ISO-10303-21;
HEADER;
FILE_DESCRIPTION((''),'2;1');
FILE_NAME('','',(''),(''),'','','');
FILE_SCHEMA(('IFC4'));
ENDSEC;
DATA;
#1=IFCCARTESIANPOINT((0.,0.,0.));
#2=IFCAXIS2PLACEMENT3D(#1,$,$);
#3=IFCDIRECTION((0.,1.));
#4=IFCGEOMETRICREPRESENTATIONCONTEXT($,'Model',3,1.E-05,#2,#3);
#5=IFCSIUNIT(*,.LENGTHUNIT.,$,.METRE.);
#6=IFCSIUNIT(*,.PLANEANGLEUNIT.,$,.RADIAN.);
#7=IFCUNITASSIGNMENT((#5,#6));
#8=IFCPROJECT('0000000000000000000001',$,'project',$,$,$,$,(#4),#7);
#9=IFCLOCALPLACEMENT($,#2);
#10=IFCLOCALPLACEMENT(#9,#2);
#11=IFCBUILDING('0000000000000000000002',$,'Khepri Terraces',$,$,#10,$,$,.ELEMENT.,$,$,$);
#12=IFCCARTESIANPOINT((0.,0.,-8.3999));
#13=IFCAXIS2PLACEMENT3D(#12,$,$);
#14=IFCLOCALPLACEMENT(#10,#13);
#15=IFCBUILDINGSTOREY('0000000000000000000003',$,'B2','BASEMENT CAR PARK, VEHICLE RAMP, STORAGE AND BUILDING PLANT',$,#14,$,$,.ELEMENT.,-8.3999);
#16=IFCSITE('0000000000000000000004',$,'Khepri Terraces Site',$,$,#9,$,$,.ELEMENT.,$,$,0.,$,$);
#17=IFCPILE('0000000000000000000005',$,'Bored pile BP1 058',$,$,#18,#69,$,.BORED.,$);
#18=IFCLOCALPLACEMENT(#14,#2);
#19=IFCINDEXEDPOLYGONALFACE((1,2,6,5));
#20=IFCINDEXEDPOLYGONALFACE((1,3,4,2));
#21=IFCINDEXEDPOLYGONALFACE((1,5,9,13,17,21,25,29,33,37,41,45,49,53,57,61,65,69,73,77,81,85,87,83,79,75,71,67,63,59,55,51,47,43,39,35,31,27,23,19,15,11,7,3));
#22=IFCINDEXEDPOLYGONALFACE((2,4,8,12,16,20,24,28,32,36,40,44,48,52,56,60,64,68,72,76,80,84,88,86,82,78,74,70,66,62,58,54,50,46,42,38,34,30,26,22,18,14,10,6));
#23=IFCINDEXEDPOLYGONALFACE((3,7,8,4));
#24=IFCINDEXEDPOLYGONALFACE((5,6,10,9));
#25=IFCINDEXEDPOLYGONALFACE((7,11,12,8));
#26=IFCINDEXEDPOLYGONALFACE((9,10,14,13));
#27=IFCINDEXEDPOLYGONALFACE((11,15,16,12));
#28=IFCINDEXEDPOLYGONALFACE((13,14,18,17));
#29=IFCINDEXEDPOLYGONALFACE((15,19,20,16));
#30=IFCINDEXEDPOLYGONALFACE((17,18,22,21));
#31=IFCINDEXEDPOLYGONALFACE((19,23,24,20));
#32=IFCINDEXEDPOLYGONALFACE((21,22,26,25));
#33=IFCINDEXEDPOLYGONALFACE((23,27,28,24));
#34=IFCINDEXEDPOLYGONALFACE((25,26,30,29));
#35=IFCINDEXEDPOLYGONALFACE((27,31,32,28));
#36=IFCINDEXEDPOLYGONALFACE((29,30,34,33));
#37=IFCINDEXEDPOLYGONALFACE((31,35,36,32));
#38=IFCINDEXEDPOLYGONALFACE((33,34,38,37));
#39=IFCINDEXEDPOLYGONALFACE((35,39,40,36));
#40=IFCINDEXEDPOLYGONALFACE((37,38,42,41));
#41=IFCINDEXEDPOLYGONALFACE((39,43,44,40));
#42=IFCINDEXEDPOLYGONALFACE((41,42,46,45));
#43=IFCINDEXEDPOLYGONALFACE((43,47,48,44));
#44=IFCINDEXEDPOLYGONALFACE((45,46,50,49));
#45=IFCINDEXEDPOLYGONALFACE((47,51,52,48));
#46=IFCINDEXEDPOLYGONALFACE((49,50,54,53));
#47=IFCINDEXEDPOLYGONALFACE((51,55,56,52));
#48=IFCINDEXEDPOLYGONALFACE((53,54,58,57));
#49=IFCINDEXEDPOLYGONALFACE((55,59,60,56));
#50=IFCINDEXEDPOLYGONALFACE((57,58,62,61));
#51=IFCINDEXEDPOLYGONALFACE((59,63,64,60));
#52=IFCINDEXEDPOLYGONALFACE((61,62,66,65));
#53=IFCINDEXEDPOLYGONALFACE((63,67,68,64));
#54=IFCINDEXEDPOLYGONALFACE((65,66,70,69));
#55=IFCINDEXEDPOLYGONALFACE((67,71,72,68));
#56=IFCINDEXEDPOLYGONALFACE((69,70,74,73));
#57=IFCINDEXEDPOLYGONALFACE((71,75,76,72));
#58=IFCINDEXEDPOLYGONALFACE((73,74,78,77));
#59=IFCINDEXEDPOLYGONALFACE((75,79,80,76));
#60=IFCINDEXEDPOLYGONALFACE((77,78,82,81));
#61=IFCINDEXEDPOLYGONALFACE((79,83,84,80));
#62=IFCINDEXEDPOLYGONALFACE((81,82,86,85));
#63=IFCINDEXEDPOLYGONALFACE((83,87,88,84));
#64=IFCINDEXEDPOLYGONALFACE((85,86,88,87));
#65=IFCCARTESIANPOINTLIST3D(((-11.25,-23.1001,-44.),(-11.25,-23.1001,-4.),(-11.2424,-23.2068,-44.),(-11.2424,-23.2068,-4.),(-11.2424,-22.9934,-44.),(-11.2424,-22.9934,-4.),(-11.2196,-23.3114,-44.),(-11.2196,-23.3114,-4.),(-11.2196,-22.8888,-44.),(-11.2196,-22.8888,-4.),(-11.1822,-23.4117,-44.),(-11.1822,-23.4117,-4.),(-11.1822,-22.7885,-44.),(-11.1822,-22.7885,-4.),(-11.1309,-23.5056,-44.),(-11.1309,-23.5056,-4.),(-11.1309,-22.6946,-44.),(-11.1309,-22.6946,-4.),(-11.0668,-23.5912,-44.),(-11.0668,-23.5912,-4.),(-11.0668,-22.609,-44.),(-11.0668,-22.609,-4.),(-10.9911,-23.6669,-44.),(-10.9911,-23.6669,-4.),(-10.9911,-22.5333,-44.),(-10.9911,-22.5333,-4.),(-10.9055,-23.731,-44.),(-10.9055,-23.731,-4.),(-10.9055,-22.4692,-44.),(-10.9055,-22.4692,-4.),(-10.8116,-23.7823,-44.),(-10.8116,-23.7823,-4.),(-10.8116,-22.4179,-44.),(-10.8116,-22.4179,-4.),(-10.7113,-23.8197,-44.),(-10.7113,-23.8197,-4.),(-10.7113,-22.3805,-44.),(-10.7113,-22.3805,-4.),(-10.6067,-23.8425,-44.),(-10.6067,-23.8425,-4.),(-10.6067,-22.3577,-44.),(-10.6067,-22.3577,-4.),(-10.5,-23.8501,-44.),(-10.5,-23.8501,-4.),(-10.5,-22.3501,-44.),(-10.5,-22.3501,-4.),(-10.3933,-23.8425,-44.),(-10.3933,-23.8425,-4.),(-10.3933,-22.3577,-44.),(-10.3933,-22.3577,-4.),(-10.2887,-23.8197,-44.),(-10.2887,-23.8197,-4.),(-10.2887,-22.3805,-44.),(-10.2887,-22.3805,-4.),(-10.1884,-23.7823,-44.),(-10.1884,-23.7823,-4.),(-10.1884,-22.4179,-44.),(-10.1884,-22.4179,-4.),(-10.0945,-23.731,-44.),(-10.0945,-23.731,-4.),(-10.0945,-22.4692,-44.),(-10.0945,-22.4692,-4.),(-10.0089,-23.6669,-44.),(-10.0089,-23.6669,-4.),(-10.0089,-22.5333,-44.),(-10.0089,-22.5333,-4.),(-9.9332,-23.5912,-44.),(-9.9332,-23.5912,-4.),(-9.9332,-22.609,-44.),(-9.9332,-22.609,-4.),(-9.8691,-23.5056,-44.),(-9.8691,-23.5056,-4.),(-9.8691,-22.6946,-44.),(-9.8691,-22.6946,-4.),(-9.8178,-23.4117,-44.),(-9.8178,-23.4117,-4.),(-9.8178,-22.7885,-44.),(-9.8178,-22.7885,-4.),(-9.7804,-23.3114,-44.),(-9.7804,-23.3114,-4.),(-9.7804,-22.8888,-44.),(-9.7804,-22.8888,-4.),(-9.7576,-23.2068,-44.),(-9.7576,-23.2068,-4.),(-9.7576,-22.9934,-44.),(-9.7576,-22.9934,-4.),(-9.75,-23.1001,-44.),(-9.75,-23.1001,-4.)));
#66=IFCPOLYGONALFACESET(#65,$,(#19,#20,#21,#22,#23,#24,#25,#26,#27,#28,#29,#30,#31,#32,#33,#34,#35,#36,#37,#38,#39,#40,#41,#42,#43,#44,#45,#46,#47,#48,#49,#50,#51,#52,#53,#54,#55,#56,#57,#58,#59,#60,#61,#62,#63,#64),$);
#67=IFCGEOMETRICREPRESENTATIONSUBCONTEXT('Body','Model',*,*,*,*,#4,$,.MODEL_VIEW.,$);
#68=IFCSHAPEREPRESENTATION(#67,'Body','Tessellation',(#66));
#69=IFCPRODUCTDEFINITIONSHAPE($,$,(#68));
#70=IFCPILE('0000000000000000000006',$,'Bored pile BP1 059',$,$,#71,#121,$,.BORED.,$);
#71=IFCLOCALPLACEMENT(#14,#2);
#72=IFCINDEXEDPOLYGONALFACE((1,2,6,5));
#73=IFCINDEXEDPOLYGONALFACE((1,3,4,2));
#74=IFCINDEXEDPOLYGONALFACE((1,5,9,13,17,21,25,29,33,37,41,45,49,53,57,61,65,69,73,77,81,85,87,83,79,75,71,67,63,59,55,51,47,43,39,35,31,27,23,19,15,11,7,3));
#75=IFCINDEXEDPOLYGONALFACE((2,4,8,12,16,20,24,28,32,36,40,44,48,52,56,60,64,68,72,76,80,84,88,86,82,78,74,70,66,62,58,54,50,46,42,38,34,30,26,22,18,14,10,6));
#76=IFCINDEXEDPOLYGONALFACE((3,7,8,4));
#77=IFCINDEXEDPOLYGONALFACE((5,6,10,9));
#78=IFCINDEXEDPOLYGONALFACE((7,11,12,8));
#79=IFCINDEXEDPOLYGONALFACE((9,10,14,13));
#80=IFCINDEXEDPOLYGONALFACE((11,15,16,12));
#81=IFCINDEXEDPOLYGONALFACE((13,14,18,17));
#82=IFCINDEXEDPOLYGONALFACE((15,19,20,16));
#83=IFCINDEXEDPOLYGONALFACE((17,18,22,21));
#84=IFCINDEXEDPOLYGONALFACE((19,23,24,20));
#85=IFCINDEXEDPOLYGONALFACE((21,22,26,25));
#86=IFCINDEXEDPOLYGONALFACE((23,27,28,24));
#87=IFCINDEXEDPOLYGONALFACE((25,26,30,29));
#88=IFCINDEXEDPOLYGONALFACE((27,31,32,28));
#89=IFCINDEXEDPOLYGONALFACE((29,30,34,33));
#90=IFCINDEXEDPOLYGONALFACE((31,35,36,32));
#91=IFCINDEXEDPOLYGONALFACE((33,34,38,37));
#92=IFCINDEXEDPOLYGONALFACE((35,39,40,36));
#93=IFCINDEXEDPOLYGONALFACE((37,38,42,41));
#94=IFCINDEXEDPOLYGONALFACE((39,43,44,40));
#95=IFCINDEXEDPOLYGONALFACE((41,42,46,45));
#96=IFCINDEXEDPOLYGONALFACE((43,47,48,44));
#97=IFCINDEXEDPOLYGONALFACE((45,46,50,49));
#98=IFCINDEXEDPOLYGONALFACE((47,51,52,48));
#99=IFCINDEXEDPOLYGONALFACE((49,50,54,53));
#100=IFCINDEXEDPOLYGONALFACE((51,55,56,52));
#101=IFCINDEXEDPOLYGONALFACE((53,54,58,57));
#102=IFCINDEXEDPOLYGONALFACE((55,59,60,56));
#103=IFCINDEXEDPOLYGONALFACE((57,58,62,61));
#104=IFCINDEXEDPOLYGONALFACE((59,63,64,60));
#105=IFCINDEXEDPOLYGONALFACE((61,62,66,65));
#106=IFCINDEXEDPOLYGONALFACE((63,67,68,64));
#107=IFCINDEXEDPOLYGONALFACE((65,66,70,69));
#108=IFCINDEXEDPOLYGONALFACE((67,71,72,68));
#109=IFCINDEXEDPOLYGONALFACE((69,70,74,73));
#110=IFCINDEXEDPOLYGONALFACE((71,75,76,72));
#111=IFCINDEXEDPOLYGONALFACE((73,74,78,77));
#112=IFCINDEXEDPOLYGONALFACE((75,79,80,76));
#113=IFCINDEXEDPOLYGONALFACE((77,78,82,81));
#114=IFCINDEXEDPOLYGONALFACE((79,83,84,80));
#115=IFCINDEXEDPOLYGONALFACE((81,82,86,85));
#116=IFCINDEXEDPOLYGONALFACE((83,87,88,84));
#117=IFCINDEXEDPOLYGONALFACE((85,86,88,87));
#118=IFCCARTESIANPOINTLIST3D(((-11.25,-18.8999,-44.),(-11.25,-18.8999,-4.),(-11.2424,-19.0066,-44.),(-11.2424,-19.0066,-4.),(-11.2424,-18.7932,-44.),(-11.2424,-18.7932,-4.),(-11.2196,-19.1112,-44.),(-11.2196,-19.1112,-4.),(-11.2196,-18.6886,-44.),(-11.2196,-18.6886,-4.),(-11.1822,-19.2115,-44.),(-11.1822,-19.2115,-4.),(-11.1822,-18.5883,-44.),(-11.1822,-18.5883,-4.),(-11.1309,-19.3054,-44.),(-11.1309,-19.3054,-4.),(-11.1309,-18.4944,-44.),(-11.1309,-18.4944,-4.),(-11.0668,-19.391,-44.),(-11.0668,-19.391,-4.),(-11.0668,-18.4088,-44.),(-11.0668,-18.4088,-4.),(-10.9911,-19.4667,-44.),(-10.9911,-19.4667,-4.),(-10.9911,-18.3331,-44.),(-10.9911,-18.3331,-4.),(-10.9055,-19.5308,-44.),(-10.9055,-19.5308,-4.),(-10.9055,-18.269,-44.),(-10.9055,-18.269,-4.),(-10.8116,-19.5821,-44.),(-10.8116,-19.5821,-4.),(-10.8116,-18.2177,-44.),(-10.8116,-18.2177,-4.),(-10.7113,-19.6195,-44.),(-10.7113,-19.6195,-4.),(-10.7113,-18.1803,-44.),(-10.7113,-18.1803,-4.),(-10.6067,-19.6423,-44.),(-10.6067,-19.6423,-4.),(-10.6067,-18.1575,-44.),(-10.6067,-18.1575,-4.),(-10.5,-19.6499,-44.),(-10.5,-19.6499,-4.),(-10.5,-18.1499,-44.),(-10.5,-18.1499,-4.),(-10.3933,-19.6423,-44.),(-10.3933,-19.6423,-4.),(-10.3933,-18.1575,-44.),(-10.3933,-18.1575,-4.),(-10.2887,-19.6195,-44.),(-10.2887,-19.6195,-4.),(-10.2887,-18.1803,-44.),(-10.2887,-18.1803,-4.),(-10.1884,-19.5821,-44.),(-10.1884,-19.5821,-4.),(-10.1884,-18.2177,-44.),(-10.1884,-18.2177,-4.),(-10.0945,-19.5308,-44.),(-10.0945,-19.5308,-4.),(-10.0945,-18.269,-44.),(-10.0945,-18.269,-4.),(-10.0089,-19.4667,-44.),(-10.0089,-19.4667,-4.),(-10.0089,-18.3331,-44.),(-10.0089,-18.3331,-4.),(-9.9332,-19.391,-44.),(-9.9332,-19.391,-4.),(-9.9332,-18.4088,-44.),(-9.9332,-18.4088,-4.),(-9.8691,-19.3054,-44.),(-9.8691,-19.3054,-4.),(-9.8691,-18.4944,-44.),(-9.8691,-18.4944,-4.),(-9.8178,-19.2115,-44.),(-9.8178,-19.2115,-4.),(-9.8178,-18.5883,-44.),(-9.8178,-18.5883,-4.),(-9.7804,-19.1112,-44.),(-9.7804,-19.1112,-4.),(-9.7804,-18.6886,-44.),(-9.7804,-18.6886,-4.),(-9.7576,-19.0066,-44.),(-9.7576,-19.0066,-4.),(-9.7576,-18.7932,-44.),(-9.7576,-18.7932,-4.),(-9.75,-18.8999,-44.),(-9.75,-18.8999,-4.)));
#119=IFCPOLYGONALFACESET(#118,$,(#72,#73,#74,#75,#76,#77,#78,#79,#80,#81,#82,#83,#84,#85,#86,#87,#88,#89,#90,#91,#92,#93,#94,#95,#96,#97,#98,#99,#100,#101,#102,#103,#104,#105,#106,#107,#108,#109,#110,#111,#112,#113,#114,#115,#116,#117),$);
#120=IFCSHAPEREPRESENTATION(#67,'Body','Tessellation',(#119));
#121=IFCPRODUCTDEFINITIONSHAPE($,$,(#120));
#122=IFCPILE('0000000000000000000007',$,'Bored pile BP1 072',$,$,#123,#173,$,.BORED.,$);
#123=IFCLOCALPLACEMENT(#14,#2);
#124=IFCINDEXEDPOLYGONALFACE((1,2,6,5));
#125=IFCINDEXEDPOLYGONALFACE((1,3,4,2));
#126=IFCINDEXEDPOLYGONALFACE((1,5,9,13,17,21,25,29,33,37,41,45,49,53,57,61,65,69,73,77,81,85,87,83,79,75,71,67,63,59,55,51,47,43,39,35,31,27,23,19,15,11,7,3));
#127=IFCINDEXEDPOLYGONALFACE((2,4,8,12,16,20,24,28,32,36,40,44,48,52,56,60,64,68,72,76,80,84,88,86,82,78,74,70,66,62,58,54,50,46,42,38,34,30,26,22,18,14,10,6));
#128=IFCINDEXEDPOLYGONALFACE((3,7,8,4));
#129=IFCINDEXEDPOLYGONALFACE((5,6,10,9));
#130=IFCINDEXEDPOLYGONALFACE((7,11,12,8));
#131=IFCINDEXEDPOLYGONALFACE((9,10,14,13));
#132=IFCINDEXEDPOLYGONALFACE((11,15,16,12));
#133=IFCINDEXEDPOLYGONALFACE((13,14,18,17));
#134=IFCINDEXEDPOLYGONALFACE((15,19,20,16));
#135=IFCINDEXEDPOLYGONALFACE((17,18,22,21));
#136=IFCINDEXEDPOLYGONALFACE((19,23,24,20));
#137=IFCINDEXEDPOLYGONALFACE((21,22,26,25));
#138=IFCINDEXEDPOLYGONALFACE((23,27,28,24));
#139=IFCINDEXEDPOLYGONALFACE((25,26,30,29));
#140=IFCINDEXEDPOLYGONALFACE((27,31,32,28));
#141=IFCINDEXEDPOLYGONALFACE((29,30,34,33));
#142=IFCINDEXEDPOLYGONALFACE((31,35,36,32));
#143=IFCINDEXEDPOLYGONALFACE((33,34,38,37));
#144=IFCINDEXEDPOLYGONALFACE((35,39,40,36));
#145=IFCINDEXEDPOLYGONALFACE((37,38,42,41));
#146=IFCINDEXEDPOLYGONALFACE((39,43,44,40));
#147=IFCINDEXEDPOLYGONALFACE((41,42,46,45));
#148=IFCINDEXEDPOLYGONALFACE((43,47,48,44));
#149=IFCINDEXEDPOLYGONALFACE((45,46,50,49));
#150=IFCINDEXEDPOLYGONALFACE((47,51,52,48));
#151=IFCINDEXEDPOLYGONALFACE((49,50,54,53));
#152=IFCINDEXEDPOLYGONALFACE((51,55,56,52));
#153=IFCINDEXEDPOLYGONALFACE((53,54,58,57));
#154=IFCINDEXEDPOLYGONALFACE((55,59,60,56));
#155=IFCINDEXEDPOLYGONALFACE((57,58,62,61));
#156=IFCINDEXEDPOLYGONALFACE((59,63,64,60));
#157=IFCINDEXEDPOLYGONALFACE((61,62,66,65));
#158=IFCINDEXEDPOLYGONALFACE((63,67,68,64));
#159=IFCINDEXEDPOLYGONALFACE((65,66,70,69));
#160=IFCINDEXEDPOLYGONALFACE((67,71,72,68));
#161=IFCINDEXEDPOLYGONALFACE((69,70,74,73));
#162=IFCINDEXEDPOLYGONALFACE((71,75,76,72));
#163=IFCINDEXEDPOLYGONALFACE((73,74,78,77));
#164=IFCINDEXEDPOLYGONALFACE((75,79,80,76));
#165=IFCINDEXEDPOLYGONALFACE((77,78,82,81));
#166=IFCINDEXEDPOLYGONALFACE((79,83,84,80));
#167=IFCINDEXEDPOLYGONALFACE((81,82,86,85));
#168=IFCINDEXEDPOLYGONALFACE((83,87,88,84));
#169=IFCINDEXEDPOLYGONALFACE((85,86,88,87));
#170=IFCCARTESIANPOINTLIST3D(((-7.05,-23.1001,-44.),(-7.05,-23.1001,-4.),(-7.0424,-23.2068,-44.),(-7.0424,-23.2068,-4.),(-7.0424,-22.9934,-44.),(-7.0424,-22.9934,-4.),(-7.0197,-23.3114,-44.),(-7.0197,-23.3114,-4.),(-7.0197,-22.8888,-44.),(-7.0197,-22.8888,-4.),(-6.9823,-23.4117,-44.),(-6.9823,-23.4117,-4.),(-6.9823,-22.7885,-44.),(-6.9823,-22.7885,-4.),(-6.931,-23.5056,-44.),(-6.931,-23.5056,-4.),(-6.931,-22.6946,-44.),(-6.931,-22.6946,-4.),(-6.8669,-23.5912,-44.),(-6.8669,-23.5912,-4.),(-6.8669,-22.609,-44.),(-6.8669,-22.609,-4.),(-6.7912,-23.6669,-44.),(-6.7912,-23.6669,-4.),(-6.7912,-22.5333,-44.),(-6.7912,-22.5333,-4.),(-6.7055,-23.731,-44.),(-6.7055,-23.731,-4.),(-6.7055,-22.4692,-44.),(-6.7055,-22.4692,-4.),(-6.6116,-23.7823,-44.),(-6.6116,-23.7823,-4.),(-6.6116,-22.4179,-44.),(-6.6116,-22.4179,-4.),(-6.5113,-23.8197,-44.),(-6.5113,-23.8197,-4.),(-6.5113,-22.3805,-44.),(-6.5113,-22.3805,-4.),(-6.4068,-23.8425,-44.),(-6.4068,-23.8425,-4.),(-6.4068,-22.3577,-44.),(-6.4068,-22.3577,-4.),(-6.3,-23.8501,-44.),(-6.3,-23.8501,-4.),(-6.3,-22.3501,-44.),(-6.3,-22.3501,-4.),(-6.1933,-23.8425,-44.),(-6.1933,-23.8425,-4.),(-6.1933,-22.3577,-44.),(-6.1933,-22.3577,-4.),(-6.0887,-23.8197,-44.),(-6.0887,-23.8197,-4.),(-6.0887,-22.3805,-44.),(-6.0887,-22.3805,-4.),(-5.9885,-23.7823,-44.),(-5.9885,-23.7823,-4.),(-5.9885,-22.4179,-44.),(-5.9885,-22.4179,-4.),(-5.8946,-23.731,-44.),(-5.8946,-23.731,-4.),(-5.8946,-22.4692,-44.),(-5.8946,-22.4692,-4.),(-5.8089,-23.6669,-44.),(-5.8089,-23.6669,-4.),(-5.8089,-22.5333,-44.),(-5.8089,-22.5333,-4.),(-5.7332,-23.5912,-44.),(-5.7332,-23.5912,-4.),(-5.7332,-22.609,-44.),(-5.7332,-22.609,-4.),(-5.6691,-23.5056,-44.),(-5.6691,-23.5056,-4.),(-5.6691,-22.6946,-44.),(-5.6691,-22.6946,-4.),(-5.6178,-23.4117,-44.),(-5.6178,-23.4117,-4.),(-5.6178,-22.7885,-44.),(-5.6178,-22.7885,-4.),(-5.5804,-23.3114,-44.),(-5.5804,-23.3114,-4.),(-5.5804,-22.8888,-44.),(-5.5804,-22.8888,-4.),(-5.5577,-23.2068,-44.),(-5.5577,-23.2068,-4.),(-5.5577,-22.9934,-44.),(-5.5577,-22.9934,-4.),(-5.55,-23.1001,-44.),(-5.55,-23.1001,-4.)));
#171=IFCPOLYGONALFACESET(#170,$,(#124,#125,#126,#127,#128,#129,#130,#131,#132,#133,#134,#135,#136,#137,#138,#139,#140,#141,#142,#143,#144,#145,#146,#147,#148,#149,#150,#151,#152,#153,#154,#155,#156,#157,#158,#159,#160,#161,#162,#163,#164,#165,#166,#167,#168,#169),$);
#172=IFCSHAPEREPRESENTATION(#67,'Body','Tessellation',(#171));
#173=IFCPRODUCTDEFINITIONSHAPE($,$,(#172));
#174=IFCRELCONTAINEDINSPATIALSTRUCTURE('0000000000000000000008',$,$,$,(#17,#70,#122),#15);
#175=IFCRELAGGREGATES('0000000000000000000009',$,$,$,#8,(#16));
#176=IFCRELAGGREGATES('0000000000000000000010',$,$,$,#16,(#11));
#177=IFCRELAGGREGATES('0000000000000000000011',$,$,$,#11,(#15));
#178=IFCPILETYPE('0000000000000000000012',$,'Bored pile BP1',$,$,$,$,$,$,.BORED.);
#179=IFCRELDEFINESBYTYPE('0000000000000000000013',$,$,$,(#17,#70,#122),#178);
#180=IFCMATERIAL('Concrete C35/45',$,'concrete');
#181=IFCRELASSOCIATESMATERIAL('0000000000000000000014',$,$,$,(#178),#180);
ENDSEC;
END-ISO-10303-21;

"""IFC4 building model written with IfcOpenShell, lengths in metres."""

from ifc_helpers import new_model, si_unit, direction, frame, origin, origin_2d, place, context, subcontext, project, spatial, circle, extrude, material, material_profile, profile_set, type_object, element, save


model = new_model("IFC4")

# Units and contexts
model_context = context("Model", 3, precision=1e-05, world=origin(), true_north=direction((0.0, 1.0)))
body_context = subcontext(model_context, "Body", "Model", "MODEL_VIEW")
ifc_project = project(units=[si_unit("LENGTHUNIT", "METRE"), si_unit("PLANEANGLEUNIT", "RADIAN")], contexts=[model_context])

# Site, building, storey
site_placement = place(None, origin())
site = spatial("IfcSite", under=ifc_project, at=site_placement, Name="Khepri Terraces Site", CompositionType="ELEMENT", RefElevation=0.0)
building_placement = place(site_placement, origin())
building = spatial("IfcBuilding", under=site, at=building_placement, Name="Khepri Terraces", CompositionType="ELEMENT")
storey_placement = place(building_placement, frame((0.0, 0.0, -8.3999)))
storey = spatial("IfcBuildingStorey", under=building, at=storey_placement, Name="B2", Description="BASEMENT CAR PARK, VEHICLE RAMP, STORAGE AND BUILDING PLANT", CompositionType="ELEMENT", Elevation=-8.3999)

# Piles
ifc_material_1 = material(Name="Concrete C35/45", Category="concrete")
ifc_material_profile_1 = material_profile(ifc_material_1, circle(Radius=0.75, at=origin_2d()), Name="Concrete C35/45", Category="concrete")
ifc_profile_set_1 = profile_set([ifc_material_profile_1], Name="Concrete C35/45")
pile_type = type_object("IfcPileType", Name="Bored pile BP1", PredefinedType="BORED", material=ifc_profile_set_1)
for number, where, z_axis, x_axis, name in (
    (1, (-10.5, -23.1001, -4.0), (0.0, 0.0, -1.0), (1.0, 0.0, 0.0), "Bored pile BP1 058"),
    (2, (-10.5, -18.8999, -4.0), (0.0, 0.0, -1.0), (1.0, 0.0, 0.0), "Bored pile BP1 059"),
    (3, (-6.3, -23.1001, -4.0), (0.0, 0.0, -1.0), (1.0, 0.0, 0.0), "Bored pile BP1 072"),
):
    element("IfcPile", number, at=place(storey_placement, frame(where, z_axis=z_axis, x_axis=x_axis)), inside=storey, type_object=pile_type, Name=name, PredefinedType="BORED", context=body_context, shape_type="SweptSolid", body=[
        extrude(circle(Radius=0.75, at=origin_2d()), origin(), (0.0, 0.0, 1.0), 40.0),
    ])

save(model, "model.ifc")
